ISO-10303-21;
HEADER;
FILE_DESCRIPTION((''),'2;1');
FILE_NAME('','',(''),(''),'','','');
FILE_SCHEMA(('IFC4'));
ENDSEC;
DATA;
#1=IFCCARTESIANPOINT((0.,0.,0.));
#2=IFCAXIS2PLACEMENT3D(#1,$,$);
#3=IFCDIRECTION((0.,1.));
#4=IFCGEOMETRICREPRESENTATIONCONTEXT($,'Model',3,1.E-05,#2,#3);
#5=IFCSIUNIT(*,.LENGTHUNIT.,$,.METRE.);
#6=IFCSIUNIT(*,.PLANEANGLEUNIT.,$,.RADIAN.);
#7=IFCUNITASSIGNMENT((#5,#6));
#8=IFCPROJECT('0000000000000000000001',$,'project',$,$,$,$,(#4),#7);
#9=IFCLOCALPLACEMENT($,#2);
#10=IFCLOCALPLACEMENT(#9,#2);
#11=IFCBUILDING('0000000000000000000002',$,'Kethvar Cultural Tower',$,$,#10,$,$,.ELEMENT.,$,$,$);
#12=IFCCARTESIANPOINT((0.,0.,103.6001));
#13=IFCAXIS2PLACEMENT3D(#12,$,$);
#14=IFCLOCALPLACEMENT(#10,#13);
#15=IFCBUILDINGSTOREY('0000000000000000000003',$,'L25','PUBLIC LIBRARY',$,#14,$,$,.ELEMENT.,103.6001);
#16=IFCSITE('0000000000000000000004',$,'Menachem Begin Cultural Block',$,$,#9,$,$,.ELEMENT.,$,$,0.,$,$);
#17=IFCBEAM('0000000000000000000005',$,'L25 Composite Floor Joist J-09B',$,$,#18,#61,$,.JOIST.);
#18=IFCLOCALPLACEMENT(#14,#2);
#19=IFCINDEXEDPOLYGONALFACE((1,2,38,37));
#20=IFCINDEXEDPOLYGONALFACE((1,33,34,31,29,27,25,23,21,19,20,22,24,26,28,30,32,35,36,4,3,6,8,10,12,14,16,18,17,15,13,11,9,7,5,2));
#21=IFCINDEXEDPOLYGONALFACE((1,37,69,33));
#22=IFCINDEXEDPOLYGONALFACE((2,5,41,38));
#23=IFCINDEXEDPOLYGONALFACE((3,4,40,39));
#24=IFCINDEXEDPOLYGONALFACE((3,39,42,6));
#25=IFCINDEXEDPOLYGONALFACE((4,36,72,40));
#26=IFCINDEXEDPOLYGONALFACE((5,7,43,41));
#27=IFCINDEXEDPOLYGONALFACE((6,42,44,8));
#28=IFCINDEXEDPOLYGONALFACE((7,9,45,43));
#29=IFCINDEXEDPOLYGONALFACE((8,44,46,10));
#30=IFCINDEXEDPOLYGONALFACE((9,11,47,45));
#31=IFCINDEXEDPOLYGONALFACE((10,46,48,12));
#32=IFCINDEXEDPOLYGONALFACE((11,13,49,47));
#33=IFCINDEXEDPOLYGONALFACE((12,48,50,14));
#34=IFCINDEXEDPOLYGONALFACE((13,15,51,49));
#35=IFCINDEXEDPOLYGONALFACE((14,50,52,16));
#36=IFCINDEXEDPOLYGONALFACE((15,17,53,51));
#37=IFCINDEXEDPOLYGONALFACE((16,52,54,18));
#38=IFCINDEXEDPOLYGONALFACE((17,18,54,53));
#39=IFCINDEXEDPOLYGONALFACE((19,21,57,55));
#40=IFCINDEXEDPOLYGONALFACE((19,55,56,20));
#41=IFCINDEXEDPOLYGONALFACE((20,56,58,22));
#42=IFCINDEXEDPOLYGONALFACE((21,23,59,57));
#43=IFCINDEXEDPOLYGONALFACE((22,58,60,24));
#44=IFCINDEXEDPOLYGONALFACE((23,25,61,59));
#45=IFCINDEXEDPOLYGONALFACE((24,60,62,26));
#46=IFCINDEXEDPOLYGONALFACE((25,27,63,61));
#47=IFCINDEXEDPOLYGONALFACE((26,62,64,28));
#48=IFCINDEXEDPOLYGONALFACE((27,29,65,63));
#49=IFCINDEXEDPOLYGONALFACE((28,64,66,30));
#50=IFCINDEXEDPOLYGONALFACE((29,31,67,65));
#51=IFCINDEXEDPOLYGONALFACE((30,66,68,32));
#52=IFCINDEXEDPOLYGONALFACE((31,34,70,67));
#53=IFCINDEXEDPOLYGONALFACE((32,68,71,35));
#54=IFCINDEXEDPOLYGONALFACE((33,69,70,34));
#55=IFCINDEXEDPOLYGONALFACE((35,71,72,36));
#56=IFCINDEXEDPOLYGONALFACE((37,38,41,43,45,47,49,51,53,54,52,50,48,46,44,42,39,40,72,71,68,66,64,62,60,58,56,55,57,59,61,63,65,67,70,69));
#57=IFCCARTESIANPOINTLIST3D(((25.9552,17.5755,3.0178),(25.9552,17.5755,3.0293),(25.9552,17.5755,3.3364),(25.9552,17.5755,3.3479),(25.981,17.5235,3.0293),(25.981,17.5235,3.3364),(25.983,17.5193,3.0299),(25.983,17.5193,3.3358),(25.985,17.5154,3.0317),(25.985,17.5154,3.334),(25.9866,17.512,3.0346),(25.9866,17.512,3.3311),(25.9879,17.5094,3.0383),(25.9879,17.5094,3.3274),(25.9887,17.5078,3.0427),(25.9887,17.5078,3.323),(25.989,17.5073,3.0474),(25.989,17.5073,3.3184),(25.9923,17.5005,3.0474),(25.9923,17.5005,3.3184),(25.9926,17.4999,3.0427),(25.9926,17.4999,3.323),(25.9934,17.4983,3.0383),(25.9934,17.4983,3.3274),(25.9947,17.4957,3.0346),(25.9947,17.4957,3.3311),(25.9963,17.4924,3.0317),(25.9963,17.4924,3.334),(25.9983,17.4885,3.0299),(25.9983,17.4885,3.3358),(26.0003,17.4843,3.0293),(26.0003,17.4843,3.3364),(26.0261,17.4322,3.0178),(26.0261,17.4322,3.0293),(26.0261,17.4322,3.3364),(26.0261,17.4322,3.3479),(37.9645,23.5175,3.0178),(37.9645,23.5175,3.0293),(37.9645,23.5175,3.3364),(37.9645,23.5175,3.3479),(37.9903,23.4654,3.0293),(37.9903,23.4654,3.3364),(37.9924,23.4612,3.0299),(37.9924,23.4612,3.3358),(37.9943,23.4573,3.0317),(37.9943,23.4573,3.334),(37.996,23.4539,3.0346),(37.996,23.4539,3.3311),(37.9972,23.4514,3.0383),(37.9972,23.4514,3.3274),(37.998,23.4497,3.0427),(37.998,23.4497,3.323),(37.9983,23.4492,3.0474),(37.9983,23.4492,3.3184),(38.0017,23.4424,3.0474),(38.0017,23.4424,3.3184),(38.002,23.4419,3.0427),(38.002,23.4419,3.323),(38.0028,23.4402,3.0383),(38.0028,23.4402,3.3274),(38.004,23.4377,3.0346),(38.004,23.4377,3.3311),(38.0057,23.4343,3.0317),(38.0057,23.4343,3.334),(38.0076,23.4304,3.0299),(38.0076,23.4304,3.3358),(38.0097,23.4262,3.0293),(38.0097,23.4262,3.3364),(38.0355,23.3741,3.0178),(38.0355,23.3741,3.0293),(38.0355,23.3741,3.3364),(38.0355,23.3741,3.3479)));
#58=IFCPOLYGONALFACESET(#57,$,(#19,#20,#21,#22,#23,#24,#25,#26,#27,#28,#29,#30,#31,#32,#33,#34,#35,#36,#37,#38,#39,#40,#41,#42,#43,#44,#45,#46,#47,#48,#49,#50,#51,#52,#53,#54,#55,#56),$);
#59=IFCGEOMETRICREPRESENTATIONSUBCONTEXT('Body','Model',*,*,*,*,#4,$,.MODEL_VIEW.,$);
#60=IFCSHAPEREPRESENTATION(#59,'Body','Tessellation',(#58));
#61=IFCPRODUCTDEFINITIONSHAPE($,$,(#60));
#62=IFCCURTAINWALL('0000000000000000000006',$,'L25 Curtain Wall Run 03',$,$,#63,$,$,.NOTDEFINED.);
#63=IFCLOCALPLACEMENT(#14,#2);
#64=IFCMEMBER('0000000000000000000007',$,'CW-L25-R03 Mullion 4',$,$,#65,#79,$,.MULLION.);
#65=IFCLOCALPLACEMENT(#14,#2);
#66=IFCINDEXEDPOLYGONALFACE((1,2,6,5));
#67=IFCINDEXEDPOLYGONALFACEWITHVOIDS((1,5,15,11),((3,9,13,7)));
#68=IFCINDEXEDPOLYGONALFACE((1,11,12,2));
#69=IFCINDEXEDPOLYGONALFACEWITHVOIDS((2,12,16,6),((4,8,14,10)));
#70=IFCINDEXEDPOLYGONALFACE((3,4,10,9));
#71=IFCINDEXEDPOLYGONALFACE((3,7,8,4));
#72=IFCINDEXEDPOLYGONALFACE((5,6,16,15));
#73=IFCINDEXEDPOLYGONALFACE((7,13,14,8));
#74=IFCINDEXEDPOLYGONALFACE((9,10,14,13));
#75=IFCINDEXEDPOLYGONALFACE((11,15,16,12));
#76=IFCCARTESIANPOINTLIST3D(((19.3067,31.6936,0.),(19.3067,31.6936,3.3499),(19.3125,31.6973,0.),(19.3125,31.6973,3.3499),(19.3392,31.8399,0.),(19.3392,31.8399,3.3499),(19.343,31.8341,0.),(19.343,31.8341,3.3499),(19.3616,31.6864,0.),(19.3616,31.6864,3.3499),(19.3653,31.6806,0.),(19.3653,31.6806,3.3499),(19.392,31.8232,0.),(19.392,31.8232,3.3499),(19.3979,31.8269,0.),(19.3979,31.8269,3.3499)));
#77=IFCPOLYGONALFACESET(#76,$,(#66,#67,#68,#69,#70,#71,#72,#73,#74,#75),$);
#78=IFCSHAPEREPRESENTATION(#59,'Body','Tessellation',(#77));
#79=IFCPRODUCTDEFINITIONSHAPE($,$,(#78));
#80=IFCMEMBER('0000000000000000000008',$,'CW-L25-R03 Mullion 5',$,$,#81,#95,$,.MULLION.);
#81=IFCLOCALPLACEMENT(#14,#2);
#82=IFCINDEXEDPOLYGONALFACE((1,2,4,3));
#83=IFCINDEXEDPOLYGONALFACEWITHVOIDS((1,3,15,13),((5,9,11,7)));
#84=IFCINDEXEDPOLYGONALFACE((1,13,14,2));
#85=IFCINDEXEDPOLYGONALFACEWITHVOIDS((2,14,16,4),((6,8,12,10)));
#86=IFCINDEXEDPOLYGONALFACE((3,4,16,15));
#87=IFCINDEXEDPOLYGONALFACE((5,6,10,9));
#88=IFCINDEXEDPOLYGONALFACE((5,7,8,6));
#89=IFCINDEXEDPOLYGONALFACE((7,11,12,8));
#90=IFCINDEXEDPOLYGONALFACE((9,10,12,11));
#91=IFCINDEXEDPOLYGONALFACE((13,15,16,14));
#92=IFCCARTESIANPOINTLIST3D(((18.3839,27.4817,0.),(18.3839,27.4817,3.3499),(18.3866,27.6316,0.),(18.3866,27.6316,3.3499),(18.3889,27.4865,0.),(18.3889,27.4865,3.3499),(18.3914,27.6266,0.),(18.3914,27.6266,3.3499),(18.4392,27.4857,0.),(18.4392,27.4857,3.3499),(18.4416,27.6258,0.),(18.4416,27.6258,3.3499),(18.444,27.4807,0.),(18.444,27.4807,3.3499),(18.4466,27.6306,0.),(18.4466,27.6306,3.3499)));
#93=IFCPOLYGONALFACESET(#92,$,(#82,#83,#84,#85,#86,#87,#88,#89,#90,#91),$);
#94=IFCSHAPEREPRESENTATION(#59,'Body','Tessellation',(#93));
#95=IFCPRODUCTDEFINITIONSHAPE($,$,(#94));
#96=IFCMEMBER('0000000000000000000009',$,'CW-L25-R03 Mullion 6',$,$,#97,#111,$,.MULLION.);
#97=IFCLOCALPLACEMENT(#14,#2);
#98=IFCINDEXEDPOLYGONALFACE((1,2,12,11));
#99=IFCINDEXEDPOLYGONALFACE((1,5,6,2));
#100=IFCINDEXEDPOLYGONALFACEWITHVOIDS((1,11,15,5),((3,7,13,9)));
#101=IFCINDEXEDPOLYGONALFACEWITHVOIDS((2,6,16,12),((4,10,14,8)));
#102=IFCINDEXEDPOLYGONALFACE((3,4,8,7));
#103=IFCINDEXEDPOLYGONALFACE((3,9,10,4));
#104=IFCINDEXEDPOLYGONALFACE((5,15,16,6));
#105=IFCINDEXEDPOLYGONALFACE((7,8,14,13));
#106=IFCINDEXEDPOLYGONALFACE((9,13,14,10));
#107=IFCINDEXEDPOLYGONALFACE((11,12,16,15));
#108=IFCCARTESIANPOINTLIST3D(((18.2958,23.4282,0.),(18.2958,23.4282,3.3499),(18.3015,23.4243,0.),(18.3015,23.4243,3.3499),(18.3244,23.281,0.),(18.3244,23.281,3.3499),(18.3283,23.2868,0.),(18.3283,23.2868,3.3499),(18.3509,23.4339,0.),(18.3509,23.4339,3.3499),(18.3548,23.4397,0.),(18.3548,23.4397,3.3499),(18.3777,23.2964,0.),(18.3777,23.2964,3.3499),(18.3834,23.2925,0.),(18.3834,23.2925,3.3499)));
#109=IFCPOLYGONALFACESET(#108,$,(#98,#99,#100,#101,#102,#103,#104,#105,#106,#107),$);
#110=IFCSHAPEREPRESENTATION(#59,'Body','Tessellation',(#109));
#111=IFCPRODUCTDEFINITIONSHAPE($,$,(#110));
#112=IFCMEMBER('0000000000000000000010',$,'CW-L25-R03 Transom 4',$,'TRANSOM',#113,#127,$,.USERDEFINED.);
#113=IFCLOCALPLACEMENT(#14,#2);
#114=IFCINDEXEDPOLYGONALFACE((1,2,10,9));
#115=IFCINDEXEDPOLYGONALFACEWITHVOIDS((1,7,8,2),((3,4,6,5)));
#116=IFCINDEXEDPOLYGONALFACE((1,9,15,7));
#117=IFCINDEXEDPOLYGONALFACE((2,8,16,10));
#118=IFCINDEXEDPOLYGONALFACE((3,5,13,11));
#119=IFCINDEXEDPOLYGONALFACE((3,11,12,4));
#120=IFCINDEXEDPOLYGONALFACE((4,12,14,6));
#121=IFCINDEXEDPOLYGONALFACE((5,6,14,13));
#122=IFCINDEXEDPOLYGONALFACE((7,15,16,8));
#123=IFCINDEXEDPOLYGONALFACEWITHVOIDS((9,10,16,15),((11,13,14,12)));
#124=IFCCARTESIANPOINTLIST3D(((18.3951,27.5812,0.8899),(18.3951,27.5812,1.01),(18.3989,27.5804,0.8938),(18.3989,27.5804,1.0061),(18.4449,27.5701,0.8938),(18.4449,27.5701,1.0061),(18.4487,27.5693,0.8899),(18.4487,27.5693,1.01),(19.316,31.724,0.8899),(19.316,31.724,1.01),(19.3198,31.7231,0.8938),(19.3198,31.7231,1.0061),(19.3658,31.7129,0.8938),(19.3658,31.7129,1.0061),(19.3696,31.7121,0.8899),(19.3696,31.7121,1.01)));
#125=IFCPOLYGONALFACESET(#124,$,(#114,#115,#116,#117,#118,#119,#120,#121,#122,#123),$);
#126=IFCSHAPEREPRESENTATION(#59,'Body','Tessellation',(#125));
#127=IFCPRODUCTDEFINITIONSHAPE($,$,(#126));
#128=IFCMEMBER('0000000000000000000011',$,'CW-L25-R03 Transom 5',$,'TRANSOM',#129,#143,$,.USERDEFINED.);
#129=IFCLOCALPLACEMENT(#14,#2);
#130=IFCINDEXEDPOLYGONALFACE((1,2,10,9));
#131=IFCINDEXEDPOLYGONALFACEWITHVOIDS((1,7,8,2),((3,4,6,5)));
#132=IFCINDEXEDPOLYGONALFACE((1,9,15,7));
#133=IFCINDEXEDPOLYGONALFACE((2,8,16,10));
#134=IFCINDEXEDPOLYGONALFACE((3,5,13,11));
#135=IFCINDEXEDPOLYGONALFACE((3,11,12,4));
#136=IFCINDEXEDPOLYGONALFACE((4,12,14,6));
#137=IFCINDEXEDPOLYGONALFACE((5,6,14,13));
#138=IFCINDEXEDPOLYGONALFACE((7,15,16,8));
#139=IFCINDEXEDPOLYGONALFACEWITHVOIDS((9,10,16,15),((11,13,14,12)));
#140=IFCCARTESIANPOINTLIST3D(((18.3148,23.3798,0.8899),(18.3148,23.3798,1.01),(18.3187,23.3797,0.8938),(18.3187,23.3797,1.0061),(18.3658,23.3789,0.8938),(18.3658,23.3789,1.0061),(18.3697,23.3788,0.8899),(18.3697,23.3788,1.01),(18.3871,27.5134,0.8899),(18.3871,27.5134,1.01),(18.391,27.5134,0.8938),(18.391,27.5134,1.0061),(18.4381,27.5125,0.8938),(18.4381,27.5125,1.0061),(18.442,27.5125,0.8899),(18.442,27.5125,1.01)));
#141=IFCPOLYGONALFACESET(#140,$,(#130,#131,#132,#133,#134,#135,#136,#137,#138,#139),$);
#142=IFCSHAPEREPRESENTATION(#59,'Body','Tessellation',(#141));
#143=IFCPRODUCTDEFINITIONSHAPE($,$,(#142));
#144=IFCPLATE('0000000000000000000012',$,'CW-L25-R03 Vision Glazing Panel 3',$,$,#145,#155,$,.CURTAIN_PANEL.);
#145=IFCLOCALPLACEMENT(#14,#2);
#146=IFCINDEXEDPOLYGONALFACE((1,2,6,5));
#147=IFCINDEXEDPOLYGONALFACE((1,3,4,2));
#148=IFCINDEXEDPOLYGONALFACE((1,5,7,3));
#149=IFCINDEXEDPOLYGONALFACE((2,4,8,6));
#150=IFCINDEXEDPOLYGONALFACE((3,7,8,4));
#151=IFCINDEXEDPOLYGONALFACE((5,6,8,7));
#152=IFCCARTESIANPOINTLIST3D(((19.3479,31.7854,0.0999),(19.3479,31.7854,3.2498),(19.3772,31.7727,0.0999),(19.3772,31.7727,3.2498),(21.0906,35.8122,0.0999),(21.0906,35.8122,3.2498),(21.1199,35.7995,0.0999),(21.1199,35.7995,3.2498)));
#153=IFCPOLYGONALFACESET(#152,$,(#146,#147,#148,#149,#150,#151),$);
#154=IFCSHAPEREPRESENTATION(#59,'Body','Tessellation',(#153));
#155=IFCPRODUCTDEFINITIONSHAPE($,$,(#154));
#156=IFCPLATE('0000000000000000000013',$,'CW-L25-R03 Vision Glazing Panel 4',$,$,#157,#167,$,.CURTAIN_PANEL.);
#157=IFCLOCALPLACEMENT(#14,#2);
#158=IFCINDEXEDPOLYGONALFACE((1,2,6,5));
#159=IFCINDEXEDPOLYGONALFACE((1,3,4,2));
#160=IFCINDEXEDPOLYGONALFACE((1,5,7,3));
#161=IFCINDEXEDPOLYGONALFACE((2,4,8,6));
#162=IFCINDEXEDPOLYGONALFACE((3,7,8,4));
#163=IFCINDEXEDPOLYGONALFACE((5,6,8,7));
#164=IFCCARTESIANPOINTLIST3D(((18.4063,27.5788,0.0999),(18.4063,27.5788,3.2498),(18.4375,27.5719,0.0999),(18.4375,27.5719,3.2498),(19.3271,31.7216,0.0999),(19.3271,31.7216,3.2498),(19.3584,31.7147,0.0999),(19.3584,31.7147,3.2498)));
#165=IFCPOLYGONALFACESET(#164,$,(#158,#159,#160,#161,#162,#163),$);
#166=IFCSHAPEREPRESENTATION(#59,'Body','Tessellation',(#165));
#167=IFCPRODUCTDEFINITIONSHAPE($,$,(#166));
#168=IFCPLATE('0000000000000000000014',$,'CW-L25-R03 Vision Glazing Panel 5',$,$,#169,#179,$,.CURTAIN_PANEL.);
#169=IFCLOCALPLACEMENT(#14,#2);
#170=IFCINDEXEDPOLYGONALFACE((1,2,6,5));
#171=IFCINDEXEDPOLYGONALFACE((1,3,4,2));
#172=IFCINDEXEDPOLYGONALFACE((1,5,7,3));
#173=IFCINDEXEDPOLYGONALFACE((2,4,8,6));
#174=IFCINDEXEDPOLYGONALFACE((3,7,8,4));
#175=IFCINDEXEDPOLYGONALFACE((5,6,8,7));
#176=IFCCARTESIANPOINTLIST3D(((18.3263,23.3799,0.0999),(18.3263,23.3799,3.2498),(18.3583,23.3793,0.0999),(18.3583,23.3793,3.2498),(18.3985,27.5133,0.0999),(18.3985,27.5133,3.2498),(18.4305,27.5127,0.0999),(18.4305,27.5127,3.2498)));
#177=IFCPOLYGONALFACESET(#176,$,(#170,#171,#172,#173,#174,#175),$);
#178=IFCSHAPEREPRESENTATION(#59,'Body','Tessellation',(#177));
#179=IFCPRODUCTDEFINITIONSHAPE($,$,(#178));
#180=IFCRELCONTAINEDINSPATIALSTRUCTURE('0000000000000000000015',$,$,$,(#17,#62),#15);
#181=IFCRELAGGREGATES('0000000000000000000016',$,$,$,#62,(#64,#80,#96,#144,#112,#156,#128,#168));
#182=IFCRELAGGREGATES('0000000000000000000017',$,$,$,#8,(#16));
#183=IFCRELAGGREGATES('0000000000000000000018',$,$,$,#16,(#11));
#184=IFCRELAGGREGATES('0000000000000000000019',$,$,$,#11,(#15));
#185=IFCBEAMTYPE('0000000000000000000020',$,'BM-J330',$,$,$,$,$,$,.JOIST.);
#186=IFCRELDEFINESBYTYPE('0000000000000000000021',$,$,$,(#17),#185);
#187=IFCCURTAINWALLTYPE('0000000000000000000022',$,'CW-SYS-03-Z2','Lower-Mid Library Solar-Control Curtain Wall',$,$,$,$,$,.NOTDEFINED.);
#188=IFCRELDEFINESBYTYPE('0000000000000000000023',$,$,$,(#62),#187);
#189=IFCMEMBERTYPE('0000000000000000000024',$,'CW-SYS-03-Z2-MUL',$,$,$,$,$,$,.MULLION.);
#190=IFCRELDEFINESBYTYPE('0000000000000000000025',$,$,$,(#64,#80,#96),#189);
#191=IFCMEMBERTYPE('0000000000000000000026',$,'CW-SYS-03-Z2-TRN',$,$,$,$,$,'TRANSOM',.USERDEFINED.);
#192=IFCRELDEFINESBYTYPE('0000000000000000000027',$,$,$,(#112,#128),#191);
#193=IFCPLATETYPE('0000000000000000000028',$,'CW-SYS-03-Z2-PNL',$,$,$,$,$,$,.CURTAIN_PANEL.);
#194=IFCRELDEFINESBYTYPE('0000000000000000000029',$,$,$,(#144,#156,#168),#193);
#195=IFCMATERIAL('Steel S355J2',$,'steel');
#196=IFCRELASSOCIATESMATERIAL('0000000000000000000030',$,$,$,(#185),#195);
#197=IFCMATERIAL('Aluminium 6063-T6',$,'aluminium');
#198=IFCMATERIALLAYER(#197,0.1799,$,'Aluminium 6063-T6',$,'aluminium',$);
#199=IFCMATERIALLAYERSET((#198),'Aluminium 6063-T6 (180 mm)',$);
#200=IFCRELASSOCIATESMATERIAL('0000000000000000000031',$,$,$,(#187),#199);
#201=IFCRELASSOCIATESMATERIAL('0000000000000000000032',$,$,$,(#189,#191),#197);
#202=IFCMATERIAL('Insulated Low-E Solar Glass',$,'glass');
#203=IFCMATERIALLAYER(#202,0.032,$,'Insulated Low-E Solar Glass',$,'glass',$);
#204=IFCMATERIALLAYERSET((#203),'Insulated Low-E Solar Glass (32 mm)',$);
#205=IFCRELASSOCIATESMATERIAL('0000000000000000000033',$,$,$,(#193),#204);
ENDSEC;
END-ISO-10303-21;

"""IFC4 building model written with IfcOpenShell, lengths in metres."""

from ifc_helpers import new_model, si_unit, direction, frame, origin, origin_2d, place, context, subcontext, project, spatial, rectangle, hollow_rectangle, i_section, extrude, source, transform, mapped, material, layer, layer_set, material_profile, profile_set, type_object, element, aggregate, save


model = new_model("IFC4")

# Units and contexts
model_context = context("Model", 3, precision=1e-05, world=origin(), true_north=direction((0.0, 1.0)))
body_context = subcontext(model_context, "Body", "Model", "MODEL_VIEW")
ifc_project = project(units=[si_unit("LENGTHUNIT", "METRE"), si_unit("PLANEANGLEUNIT", "RADIAN")], contexts=[model_context])

# Site, building, storey
site_placement = place(None, origin())
site = spatial("IfcSite", under=ifc_project, at=site_placement, Name="Menachem Begin Cultural Block", CompositionType="ELEMENT", RefElevation=0.0)
building_placement = place(site_placement, origin())
building = spatial("IfcBuilding", under=site, at=building_placement, Name="Kethvar Cultural Tower", CompositionType="ELEMENT")
storey_placement = place(building_placement, frame((0.0, 0.0, 103.6001)))
storey = spatial("IfcBuildingStorey", under=building, at=storey_placement, Name="L25", Description="PUBLIC LIBRARY", CompositionType="ELEMENT", Elevation=103.6001)

# Beam
ifc_material_1 = material(Name="Steel S355J2", Category="steel")
ifc_material_profile_1 = material_profile(ifc_material_1, i_section(OverallWidth=0.1599, OverallDepth=0.3301, WebThickness=0.0076, FlangeThickness=0.0115, FilletRadius=0.0181, at=origin_2d()), Name="Steel S355J2 — IPE330")
ifc_profile_set_1 = profile_set([ifc_material_profile_1], Name="Steel S355J2 — IPE330")
beam_type_1 = type_object("IfcBeamType", Name="BM-J330", PredefinedType="JOIST", material=ifc_profile_set_1)
shared_shape_1 = source(origin(), body_context, "Body", "SweptSolid", [
    extrude(i_section(OverallWidth=0.1599, OverallDepth=0.3301, WebThickness=0.0076, FlangeThickness=0.0115, FilletRadius=0.0181, at=origin_2d()), origin(), (0.0, 0.0, 1.0), 13.3989),
])
beam_1_placement = place(storey_placement, frame((38.0, 23.4458, 3.1829), z_axis=(-0.896292, -0.443463, 0.0), x_axis=(0.443463, -0.896292, 0.0)))
element("IfcBeam", 1, at=beam_1_placement, inside=storey, type_object=beam_type_1, Name="L25 Composite Floor Joist J-09B", PredefinedType="JOIST", context=body_context, shape_type="MappedRepresentation", body=[
    mapped(shared_shape_1, transform((0.0, 0.0, 0.0), scale=1.0)),
])

# Curtain wall, members, plates
ifc_material_2 = material(Name="Aluminium 6063-T6", Category="aluminium")
ifc_layer_1 = layer(ifc_material_2, 0.1799, Name="Aluminium 6063-T6", Category="aluminium")
ifc_layer_set_1 = layer_set([ifc_layer_1], Name="Aluminium 6063-T6 (180 mm)")
curtain_wall_type = type_object("IfcCurtainWallType", Name="CW-SYS-03-Z2", Description="Lower-Mid Library Solar-Control Curtain Wall", PredefinedType="NOTDEFINED", material=ifc_layer_set_1)
curtain_wall_placement = place(storey_placement, origin())
curtain_wall = element("IfcCurtainWall", 2, at=curtain_wall_placement, inside=storey, type_object=curtain_wall_type, Name="L25 Curtain Wall Run 03", PredefinedType="NOTDEFINED")
ifc_material_profile_2 = material_profile(ifc_material_2, hollow_rectangle(XDim=0.0601, YDim=0.1499, WallThickness=0.0049, at=origin_2d()), Name="Aluminium 6063-T6 — RHS150x60x5")
ifc_profile_set_2 = profile_set([ifc_material_profile_2], Name="Aluminium 6063-T6 — RHS150x60x5")
member_type_1 = type_object("IfcMemberType", Name="CW-SYS-03-Z2-MUL", PredefinedType="MULLION", material=ifc_profile_set_2)
shared_shape_2 = source(origin(), body_context, "Body", "SweptSolid", [
    extrude(hollow_rectangle(XDim=0.0601, YDim=0.1499, WallThickness=0.0049, at=origin_2d()), origin(), (0.0, 0.0, 1.0), 3.3499),
])
member_1_placement = place(storey_placement, frame((19.3523, 31.7603, 0.0), z_axis=(0.0, 0.0, 1.0), x_axis=(0.976175, -0.216985, 0.0)))
member_1 = element("IfcMember", 3, at=member_1_placement, type_object=member_type_1, Name="CW-L25-R03 Mullion 4", PredefinedType="MULLION", context=body_context, shape_type="MappedRepresentation", body=[
    mapped(shared_shape_2, transform((0.0, 0.0, 0.0), scale=1.0)),
])
member_2_placement = place(storey_placement, frame((18.4153, 27.5562, 0.0), z_axis=(0.0, 0.0, 1.0), x_axis=(0.999847, -0.01747, 0.0)))
member_2 = element("IfcMember", 4, at=member_2_placement, type_object=member_type_1, Name="CW-L25-R03 Mullion 5", PredefinedType="MULLION", context=body_context, shape_type="MappedRepresentation", body=[
    mapped(shared_shape_2, transform((0.0, 0.0, 0.0), scale=1.0)),
])
member_3_placement = place(storey_placement, frame((18.3396, 23.3604, 0.0), z_axis=(0.0, 0.0, 1.0), x_axis=(0.981601, 0.190946, 0.0)))
member_3 = element("IfcMember", 5, at=member_3_placement, type_object=member_type_1, Name="CW-L25-R03 Mullion 6", PredefinedType="MULLION", context=body_context, shape_type="MappedRepresentation", body=[
    mapped(shared_shape_2, transform((0.0, 0.0, 0.0), scale=1.0)),
])
ifc_material_profile_3 = material_profile(ifc_material_2, hollow_rectangle(XDim=0.0549, YDim=0.1201, WallThickness=0.0039, at=origin_2d()), Name="Aluminium 6063-T6 — RHS120x55x4")
ifc_profile_set_3 = profile_set([ifc_material_profile_3], Name="Aluminium 6063-T6 — RHS120x55x4")
member_type_2 = type_object("IfcMemberType", Name="CW-SYS-03-Z2-TRN", ElementType="TRANSOM", PredefinedType="USERDEFINED", material=ifc_profile_set_3)
shared_shape_3 = source(origin(), body_context, "Body", "SweptSolid", [
    extrude(hollow_rectangle(XDim=0.0549, YDim=0.1201, WallThickness=0.0039, at=origin_2d()), origin(), (0.0, 0.0, 1.0), 4.2439),
])
member_4_placement = place(storey_placement, frame((19.3428, 31.718, 0.95), z_axis=(-0.216991, -0.976174, 0.0), x_axis=(0.976174, -0.216991, 0.0)))
member_4 = element("IfcMember", 6, at=member_4_placement, type_object=member_type_2, Name="CW-L25-R03 Transom 4", ObjectType="TRANSOM", PredefinedType="USERDEFINED", context=body_context, shape_type="MappedRepresentation", body=[
    mapped(shared_shape_3, transform((0.0, 0.0, 0.0), scale=1.0)),
])
shared_shape_4 = source(origin(), body_context, "Body", "SweptSolid", [
    extrude(hollow_rectangle(XDim=0.0549, YDim=0.1201, WallThickness=0.0039, at=origin_2d()), origin(), (0.0, 0.0, 1.0), 4.1343),
])
member_5_placement = place(storey_placement, frame((18.4146, 27.5129, 0.95), z_axis=(-0.01748, -0.999847, 0.0), x_axis=(0.999847, -0.01748, 0.0)))
member_5 = element("IfcMember", 7, at=member_5_placement, type_object=member_type_2, Name="CW-L25-R03 Transom 5", ObjectType="TRANSOM", PredefinedType="USERDEFINED", context=body_context, shape_type="MappedRepresentation", body=[
    mapped(shared_shape_4, transform((0.0, 0.0, 0.0), scale=1.0)),
])
ifc_material_3 = material(Name="Insulated Low-E Solar Glass", Category="glass")
ifc_layer_2 = layer(ifc_material_3, 0.032, Name="Insulated Low-E Solar Glass", Category="glass")
ifc_layer_set_2 = layer_set([ifc_layer_2], Name="Insulated Low-E Solar Glass (32 mm)")
plate_type = type_object("IfcPlateType", Name="CW-SYS-03-Z2-PNL", PredefinedType="CURTAIN_PANEL", material=ifc_layer_set_2)
shared_shape_5 = source(origin(), body_context, "Body", "SweptSolid", [
    extrude(rectangle(XDim=4.3877, YDim=0.032, at=origin_2d()), origin(), (0.0, 0.0, 1.0), 3.1499),
])
plate_1_placement = place(storey_placement, frame((20.2339, 33.7925, 0.0999), z_axis=(0.0, 0.0, 1.0), x_axis=(-0.39718, -0.917741, 0.0)))
plate_1 = element("IfcPlate", 8, at=plate_1_placement, type_object=plate_type, Name="CW-L25-R03 Vision Glazing Panel 3", PredefinedType="CURTAIN_PANEL", context=body_context, shape_type="MappedRepresentation", body=[
    mapped(shared_shape_5, transform((0.0, 0.0, 0.0), scale=1.0)),
])
shared_shape_6 = source(origin(), body_context, "Body", "SweptSolid", [
    extrude(rectangle(XDim=4.2439, YDim=0.032, at=origin_2d()), origin(), (0.0, 0.0, 1.0), 3.1499),
])
plate_2_placement = place(storey_placement, frame((18.8823, 29.6467, 0.0999), z_axis=(0.0, 0.0, 1.0), x_axis=(-0.216985, -0.976175, 0.0)))
plate_2 = element("IfcPlate", 9, at=plate_2_placement, type_object=plate_type, Name="CW-L25-R03 Vision Glazing Panel 4", PredefinedType="CURTAIN_PANEL", context=body_context, shape_type="MappedRepresentation", body=[
    mapped(shared_shape_6, transform((0.0, 0.0, 0.0), scale=1.0)),
])
shared_shape_7 = source(origin(), body_context, "Body", "SweptSolid", [
    extrude(rectangle(XDim=4.134, YDim=0.032, at=origin_2d()), origin(), (0.0, 0.0, 1.0), 3.1499),
])
plate_3_placement = place(storey_placement, frame((18.3784, 25.4463, 0.0999), z_axis=(0.0, 0.0, 1.0), x_axis=(-0.01747, -0.999847, 0.0)))
plate_3 = element("IfcPlate", 10, at=plate_3_placement, type_object=plate_type, Name="CW-L25-R03 Vision Glazing Panel 5", PredefinedType="CURTAIN_PANEL", context=body_context, shape_type="MappedRepresentation", body=[
    mapped(shared_shape_7, transform((0.0, 0.0, 0.0), scale=1.0)),
])
aggregate(curtain_wall, [member_1, member_2, member_3, plate_1, member_4, plate_2, member_5, plate_3])

save(model, "model.ifc")
